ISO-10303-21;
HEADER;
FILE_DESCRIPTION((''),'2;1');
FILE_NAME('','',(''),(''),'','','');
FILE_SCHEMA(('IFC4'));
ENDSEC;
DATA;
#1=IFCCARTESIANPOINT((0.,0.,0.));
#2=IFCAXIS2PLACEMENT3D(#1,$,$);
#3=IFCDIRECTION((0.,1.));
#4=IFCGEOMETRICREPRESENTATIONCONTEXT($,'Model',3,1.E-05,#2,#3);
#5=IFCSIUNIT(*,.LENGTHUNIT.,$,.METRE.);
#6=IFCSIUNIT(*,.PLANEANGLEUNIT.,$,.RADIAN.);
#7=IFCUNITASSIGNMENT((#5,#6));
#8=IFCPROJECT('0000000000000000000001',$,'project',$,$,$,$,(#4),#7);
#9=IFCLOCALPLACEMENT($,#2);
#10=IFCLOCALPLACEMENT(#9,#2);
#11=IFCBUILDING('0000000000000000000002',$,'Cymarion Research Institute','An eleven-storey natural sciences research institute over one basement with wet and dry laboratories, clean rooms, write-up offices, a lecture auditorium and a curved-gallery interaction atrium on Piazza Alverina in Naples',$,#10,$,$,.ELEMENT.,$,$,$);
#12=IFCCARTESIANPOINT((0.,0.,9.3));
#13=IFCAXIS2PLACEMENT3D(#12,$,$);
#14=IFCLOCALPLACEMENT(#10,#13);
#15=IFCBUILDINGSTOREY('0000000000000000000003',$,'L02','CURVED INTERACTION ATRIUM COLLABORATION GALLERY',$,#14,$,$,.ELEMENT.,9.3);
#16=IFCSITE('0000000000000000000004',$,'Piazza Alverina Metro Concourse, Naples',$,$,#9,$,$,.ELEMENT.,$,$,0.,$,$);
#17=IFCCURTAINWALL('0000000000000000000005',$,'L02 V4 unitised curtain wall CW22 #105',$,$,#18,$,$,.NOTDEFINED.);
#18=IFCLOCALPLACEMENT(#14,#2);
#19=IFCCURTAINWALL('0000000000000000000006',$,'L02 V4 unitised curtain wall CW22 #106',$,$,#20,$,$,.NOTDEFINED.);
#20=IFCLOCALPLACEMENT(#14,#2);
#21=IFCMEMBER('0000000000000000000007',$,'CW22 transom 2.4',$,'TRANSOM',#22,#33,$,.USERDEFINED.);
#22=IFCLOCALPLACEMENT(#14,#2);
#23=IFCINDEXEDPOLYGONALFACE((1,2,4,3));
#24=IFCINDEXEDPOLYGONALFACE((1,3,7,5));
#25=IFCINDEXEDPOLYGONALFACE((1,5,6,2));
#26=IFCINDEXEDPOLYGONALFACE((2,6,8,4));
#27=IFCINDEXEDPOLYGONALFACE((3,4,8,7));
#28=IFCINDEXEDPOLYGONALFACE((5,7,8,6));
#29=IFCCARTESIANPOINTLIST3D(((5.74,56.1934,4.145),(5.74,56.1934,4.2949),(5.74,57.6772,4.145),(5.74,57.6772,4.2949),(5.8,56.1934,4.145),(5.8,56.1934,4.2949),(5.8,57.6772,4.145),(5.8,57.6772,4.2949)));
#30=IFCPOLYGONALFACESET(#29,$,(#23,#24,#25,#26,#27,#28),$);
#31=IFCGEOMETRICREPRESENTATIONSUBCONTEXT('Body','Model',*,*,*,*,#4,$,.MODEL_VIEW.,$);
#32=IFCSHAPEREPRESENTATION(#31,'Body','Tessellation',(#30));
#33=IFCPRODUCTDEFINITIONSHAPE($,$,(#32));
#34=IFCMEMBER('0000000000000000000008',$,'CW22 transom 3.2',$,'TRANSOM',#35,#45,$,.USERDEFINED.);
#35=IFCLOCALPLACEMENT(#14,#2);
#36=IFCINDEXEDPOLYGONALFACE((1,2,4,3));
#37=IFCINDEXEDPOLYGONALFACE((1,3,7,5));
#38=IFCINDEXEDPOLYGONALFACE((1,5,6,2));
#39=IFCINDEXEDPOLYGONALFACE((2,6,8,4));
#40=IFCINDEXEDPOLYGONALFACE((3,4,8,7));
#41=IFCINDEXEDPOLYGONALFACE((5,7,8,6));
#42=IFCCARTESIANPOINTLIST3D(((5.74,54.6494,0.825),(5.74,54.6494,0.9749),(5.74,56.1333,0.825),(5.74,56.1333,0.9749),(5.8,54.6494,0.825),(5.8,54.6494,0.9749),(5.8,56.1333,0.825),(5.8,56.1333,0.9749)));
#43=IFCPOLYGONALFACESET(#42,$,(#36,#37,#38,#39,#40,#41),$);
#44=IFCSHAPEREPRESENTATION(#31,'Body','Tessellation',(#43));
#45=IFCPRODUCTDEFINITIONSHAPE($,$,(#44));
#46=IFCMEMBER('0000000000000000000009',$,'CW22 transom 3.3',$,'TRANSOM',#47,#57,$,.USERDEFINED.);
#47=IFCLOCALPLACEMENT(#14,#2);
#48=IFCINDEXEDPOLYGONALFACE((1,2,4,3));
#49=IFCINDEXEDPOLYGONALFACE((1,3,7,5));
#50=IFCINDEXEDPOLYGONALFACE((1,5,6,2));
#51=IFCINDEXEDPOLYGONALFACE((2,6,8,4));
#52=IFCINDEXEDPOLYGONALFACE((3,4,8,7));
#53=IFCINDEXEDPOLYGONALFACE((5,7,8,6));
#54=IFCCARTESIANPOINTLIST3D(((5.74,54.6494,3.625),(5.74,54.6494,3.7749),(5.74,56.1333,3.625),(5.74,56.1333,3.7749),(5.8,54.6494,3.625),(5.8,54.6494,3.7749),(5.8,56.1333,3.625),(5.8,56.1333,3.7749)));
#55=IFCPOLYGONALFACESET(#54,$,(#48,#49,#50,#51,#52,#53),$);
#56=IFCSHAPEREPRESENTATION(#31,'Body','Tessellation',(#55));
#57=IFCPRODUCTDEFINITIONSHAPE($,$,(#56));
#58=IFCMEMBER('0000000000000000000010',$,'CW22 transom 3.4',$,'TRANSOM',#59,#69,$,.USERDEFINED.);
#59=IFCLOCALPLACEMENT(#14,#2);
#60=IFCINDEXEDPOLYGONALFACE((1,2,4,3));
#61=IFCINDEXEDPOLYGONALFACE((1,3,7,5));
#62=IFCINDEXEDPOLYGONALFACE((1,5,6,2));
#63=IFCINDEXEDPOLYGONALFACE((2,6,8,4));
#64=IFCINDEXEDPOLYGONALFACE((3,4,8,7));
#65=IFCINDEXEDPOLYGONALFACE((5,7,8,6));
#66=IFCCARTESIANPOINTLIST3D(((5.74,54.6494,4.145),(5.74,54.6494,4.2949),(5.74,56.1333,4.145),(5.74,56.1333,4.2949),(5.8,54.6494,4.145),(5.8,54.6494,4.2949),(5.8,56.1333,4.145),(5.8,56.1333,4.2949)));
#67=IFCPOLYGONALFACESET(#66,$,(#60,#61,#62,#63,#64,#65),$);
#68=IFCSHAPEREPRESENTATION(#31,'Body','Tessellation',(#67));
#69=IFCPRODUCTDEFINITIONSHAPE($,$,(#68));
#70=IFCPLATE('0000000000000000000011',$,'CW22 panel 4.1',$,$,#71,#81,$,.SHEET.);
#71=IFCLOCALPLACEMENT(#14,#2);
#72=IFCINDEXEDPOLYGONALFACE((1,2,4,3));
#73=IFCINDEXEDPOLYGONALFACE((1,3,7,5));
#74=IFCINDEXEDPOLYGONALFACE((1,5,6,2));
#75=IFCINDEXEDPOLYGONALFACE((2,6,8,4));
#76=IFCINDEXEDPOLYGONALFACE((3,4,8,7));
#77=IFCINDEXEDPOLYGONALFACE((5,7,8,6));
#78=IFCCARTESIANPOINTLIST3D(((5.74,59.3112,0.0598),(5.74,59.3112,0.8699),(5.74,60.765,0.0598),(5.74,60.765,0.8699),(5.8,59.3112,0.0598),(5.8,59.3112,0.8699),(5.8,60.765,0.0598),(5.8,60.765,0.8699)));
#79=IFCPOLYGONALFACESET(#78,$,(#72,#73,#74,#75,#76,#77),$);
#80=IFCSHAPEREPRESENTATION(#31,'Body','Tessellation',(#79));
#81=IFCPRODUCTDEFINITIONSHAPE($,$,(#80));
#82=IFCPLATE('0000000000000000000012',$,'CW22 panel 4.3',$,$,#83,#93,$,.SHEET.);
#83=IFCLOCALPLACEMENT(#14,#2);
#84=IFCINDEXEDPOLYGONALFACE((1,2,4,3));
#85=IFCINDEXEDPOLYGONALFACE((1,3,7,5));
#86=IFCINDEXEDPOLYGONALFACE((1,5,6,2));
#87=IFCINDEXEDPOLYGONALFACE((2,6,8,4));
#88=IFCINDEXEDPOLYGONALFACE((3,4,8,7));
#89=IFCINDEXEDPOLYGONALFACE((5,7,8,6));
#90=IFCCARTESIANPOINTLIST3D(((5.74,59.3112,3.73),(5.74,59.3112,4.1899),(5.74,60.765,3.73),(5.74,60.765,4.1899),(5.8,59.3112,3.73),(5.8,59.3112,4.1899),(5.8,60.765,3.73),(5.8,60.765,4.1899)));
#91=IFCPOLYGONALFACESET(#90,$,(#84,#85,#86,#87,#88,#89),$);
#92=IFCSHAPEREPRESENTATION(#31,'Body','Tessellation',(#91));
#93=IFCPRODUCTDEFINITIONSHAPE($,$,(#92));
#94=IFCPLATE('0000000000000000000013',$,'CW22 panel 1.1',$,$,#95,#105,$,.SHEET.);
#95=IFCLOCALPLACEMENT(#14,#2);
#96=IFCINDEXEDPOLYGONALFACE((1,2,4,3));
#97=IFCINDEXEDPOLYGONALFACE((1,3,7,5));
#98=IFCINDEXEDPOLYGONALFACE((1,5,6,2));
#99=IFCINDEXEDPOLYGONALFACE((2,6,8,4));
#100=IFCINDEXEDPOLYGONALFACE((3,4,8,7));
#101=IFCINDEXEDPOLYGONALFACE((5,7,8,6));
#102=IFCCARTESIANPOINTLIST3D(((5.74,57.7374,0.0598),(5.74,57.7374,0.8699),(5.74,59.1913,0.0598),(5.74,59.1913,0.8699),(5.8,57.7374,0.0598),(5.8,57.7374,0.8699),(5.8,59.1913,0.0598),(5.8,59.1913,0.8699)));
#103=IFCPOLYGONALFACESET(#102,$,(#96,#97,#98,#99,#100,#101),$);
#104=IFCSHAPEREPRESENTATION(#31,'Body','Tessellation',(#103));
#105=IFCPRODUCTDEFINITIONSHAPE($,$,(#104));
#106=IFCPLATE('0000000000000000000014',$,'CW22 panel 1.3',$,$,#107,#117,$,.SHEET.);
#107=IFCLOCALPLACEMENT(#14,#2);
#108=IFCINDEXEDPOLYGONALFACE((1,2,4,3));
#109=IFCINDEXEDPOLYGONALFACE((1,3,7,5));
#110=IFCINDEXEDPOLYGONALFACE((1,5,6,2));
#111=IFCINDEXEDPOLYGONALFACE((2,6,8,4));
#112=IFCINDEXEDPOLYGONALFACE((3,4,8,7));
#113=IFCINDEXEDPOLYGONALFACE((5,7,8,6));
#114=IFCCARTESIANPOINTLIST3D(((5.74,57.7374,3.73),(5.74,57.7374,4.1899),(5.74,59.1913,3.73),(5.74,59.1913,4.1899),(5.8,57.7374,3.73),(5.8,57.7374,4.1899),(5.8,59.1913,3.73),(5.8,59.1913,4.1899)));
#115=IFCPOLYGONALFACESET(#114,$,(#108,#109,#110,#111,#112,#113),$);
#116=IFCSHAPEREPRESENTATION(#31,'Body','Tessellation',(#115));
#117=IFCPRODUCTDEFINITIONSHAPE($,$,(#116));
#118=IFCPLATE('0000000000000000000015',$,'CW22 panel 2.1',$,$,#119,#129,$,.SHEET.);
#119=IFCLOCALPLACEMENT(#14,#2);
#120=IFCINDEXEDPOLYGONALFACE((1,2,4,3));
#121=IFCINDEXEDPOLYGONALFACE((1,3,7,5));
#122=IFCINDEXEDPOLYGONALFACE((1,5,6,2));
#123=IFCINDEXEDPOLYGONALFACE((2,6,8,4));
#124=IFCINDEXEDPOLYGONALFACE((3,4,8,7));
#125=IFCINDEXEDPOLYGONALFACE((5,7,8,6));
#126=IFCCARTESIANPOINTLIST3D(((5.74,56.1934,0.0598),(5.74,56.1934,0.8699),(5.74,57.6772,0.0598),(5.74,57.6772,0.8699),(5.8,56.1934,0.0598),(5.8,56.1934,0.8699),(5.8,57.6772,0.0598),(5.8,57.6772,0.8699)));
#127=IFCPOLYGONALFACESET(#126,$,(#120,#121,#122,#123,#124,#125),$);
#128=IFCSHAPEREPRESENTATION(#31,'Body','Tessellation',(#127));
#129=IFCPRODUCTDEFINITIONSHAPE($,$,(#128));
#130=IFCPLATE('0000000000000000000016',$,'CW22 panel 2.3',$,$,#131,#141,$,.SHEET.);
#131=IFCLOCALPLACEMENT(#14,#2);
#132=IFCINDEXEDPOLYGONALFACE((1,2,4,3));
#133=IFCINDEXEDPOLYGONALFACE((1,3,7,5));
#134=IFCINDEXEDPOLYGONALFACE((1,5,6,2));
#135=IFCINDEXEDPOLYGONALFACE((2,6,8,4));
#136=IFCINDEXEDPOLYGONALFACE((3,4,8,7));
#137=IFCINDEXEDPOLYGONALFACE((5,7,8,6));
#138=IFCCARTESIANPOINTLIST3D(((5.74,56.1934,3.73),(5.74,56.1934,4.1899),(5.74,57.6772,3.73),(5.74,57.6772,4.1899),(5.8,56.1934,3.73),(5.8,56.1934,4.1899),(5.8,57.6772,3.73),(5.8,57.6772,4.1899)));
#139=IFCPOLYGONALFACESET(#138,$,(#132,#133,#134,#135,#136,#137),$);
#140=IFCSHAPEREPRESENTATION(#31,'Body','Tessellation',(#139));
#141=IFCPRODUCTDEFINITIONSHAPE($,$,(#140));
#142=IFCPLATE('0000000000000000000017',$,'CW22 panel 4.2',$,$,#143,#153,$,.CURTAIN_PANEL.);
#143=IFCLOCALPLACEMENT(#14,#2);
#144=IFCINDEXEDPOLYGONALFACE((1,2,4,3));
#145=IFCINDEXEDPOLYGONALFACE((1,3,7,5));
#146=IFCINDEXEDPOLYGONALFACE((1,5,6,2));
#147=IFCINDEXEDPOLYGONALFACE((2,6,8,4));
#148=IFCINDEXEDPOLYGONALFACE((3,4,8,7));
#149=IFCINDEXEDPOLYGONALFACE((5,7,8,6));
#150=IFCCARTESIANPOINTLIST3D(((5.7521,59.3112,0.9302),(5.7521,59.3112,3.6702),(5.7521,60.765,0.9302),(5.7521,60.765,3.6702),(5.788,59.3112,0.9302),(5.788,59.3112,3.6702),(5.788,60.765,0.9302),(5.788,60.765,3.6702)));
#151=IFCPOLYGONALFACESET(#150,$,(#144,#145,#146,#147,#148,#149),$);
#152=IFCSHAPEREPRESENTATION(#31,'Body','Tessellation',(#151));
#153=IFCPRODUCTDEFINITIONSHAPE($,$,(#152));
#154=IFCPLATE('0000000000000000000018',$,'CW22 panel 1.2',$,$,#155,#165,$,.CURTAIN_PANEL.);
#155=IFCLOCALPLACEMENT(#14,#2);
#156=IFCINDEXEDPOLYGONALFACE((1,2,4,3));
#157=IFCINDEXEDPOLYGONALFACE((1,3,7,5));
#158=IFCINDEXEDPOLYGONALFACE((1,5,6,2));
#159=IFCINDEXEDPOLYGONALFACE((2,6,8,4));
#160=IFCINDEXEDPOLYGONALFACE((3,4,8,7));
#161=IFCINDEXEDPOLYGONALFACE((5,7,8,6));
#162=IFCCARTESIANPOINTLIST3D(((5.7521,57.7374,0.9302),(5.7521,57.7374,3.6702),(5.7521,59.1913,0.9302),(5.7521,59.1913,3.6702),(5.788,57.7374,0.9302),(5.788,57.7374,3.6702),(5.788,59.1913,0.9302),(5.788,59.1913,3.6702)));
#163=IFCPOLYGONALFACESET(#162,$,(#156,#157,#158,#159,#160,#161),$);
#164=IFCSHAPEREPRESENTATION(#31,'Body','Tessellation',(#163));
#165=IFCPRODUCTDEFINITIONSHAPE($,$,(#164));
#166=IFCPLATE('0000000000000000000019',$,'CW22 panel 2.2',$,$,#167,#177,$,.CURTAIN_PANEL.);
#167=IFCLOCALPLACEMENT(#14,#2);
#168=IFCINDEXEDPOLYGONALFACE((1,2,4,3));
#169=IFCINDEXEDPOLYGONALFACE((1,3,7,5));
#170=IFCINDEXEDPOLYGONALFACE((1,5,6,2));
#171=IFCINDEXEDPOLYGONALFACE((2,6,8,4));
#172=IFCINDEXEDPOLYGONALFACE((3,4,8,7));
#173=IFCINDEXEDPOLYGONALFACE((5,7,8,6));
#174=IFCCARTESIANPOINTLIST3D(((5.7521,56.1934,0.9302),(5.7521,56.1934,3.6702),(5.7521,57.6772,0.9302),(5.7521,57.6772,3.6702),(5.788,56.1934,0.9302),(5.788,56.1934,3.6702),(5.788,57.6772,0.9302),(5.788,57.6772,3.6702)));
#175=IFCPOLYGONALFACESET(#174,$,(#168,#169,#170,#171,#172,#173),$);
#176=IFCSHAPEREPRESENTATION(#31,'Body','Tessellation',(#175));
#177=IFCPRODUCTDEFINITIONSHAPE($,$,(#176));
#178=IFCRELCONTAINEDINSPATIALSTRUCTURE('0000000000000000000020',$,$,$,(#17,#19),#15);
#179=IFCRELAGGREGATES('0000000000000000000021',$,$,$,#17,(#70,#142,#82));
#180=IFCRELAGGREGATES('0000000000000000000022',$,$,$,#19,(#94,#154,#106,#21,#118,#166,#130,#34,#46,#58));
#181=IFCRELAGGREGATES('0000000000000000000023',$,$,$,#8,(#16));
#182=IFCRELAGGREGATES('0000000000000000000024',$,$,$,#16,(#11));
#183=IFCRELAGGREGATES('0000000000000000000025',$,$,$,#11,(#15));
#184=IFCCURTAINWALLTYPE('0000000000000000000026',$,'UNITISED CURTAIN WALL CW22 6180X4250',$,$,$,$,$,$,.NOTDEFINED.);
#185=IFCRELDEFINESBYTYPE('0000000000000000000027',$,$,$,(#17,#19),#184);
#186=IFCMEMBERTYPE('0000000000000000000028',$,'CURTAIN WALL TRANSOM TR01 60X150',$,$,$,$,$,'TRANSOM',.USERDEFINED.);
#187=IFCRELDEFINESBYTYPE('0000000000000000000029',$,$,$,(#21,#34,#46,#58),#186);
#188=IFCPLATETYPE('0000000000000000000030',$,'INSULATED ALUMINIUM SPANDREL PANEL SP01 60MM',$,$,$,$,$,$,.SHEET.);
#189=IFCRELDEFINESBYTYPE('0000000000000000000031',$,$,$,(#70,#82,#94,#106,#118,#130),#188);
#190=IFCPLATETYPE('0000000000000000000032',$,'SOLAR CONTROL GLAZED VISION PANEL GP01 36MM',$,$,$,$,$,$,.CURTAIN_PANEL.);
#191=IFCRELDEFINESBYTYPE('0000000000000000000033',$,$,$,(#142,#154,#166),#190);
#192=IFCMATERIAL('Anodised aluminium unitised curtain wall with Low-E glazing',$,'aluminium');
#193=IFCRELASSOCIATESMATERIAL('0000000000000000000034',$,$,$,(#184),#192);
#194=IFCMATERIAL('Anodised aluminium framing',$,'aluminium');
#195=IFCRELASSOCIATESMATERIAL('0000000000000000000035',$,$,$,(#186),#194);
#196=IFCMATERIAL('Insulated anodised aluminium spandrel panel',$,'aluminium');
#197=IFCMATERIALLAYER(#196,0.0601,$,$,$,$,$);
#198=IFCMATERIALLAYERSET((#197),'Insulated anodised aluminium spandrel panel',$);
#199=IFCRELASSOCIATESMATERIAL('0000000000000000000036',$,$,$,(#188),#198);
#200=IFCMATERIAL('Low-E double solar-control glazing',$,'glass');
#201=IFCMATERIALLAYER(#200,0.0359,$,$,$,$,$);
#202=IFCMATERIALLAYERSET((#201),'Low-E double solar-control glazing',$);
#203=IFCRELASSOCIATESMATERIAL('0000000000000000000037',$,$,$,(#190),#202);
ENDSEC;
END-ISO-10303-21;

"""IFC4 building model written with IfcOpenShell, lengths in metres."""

from ifc_helpers import new_model, si_unit, direction, frame, origin, origin_2d, place, context, subcontext, project, spatial, rectangle, extrude, material, layer, layer_set, material_profile, profile_set, type_object, element, aggregate, save


model = new_model("IFC4")

# Units and contexts
model_context = context("Model", 3, precision=1e-05, world=origin(), true_north=direction((0.0, 1.0)))
body_context = subcontext(model_context, "Body", "Model", "MODEL_VIEW")
ifc_project = project(units=[si_unit("LENGTHUNIT", "METRE"), si_unit("PLANEANGLEUNIT", "RADIAN")], contexts=[model_context])

# Site, building, storey
site_placement = place(None, origin())
site = spatial("IfcSite", under=ifc_project, at=site_placement, Name="Piazza Alverina Metro Concourse, Naples", CompositionType="ELEMENT", RefElevation=0.0)
building_placement = place(site_placement, origin())
building = spatial("IfcBuilding", under=site, at=building_placement, Name="Cymarion Research Institute", Description="An eleven-storey natural sciences research institute over one basement with wet and dry laboratories, clean rooms, write-up offices, a lecture auditorium and a curved-gallery interaction atrium on Piazza Alverina in Naples", CompositionType="ELEMENT")
storey_placement = place(building_placement, frame((0.0, 0.0, 9.3)))
storey = spatial("IfcBuildingStorey", under=building, at=storey_placement, Name="L02", Description="CURVED INTERACTION ATRIUM COLLABORATION GALLERY", CompositionType="ELEMENT", Elevation=9.3)

# Curtain wall
ifc_material_1 = material(Name="Anodised aluminium unitised curtain wall with Low-E glazing", Category="aluminium")
curtain_wall_type = type_object("IfcCurtainWallType", Name="UNITISED CURTAIN WALL CW22 6180X4250", PredefinedType="NOTDEFINED", material=ifc_material_1)
curtain_wall_1_placement = place(storey_placement, origin())
curtain_wall_1 = element("IfcCurtainWall", 1, at=curtain_wall_1_placement, inside=storey, type_object=curtain_wall_type, Name="L02 V4 unitised curtain wall CW22 #105", PredefinedType="NOTDEFINED")
ifc_material_2 = material(Name="Anodised aluminium framing", Category="aluminium")

# Curtain wall
curtain_wall_2_placement = place(storey_placement, origin())
curtain_wall_2 = element("IfcCurtainWall", 2, at=curtain_wall_2_placement, inside=storey, type_object=curtain_wall_type, Name="L02 V4 unitised curtain wall CW22 #106", PredefinedType="NOTDEFINED")

# Members
ifc_material_profile_1 = material_profile(ifc_material_2, rectangle(XDim=0.0601, YDim=0.1499, at=origin_2d()), Name="ALU TRANSOM 60x150")
ifc_profile_set_1 = profile_set([ifc_material_profile_1], Name="Anodised aluminium framing")
member_type_1 = type_object("IfcMemberType", Name="CURTAIN WALL TRANSOM TR01 60X150", ElementType="TRANSOM", PredefinedType="USERDEFINED", material=ifc_profile_set_1)
member_1_placement = place(storey_placement, frame((5.77, 57.6772, 4.22), z_axis=(0.0, -1.0, 0.0), x_axis=(1.0, 0.0, 0.0)))
member_1 = element("IfcMember", 3, at=member_1_placement, type_object=member_type_1, Name="CW22 transom 2.4", ObjectType="TRANSOM", PredefinedType="USERDEFINED", context=body_context, shape_type="SweptSolid", body=[
    extrude(rectangle(XDim=0.0601, YDim=0.1499, at=origin_2d()), origin(), (0.0, 0.0, 1.0), 1.4839),
])
member_2_placement = place(storey_placement, frame((5.77, 56.1333, 0.8999), z_axis=(0.0, -1.0, 0.0), x_axis=(1.0, 0.0, 0.0)))
member_2 = element("IfcMember", 4, at=member_2_placement, type_object=member_type_1, Name="CW22 transom 3.2", ObjectType="TRANSOM", PredefinedType="USERDEFINED", context=body_context, shape_type="SweptSolid", body=[
    extrude(rectangle(XDim=0.0601, YDim=0.1499, at=origin_2d()), origin(), (0.0, 0.0, 1.0), 1.4839),
])
member_3_placement = place(storey_placement, frame((5.77, 56.1333, 3.7), z_axis=(0.0, -1.0, 0.0), x_axis=(1.0, 0.0, 0.0)))
member_3 = element("IfcMember", 5, at=member_3_placement, type_object=member_type_1, Name="CW22 transom 3.3", ObjectType="TRANSOM", PredefinedType="USERDEFINED", context=body_context, shape_type="SweptSolid", body=[
    extrude(rectangle(XDim=0.0601, YDim=0.1499, at=origin_2d()), origin(), (0.0, 0.0, 1.0), 1.4839),
])
member_4_placement = place(storey_placement, frame((5.77, 56.1333, 4.22), z_axis=(0.0, -1.0, 0.0), x_axis=(1.0, 0.0, 0.0)))
member_4 = element("IfcMember", 6, at=member_4_placement, type_object=member_type_1, Name="CW22 transom 3.4", ObjectType="TRANSOM", PredefinedType="USERDEFINED", context=body_context, shape_type="SweptSolid", body=[
    extrude(rectangle(XDim=0.0601, YDim=0.1499, at=origin_2d()), origin(), (0.0, 0.0, 1.0), 1.4839),
])

# Plates
ifc_material_3 = material(Name="Insulated anodised aluminium spandrel panel", Category="aluminium")
ifc_layer_1 = layer(ifc_material_3, 0.0601)
ifc_layer_set_1 = layer_set([ifc_layer_1], Name="Insulated anodised aluminium spandrel panel")
plate_type_1 = type_object("IfcPlateType", Name="INSULATED ALUMINIUM SPANDREL PANEL SP01 60MM", PredefinedType="SHEET", material=ifc_layer_set_1)
plate_1_placement = place(storey_placement, frame((5.77, 60.0381, 0.0598), z_axis=(0.0, 0.0, 1.0), x_axis=(0.0, -1.0, 0.0)))
plate_1 = element("IfcPlate", 7, at=plate_1_placement, type_object=plate_type_1, Name="CW22 panel 4.1", PredefinedType="SHEET", context=body_context, shape_type="SweptSolid", body=[
    extrude(rectangle(XDim=1.4539, YDim=0.0601, at=origin_2d()), origin(), (0.0, 0.0, 1.0), 0.8101),
])
plate_2_placement = place(storey_placement, frame((5.77, 60.0381, 3.73), z_axis=(0.0, 0.0, 1.0), x_axis=(0.0, -1.0, 0.0)))
plate_2 = element("IfcPlate", 8, at=plate_2_placement, type_object=plate_type_1, Name="CW22 panel 4.3", PredefinedType="SHEET", context=body_context, shape_type="SweptSolid", body=[
    extrude(rectangle(XDim=1.4539, YDim=0.0601, at=origin_2d()), origin(), (0.0, 0.0, 1.0), 0.46),
])
plate_3_placement = place(storey_placement, frame((5.77, 58.4644, 0.0598), z_axis=(0.0, 0.0, 1.0), x_axis=(0.0, -1.0, 0.0)))
plate_3 = element("IfcPlate", 9, at=plate_3_placement, type_object=plate_type_1, Name="CW22 panel 1.1", PredefinedType="SHEET", context=body_context, shape_type="SweptSolid", body=[
    extrude(rectangle(XDim=1.4539, YDim=0.0601, at=origin_2d()), origin(), (0.0, 0.0, 1.0), 0.8101),
])
plate_4_placement = place(storey_placement, frame((5.77, 58.4644, 3.73), z_axis=(0.0, 0.0, 1.0), x_axis=(0.0, -1.0, 0.0)))
plate_4 = element("IfcPlate", 10, at=plate_4_placement, type_object=plate_type_1, Name="CW22 panel 1.3", PredefinedType="SHEET", context=body_context, shape_type="SweptSolid", body=[
    extrude(rectangle(XDim=1.4539, YDim=0.0601, at=origin_2d()), origin(), (0.0, 0.0, 1.0), 0.46),
])
plate_5_placement = place(storey_placement, frame((5.77, 56.9353, 0.0598), z_axis=(0.0, 0.0, 1.0), x_axis=(0.0, -1.0, 0.0)))
plate_5 = element("IfcPlate", 11, at=plate_5_placement, type_object=plate_type_1, Name="CW22 panel 2.1", PredefinedType="SHEET", context=body_context, shape_type="SweptSolid", body=[
    extrude(rectangle(XDim=1.4839, YDim=0.0601, at=origin_2d()), origin(), (0.0, 0.0, 1.0), 0.8101),
])
plate_6_placement = place(storey_placement, frame((5.77, 56.9353, 3.73), z_axis=(0.0, 0.0, 1.0), x_axis=(0.0, -1.0, 0.0)))
plate_6 = element("IfcPlate", 12, at=plate_6_placement, type_object=plate_type_1, Name="CW22 panel 2.3", PredefinedType="SHEET", context=body_context, shape_type="SweptSolid", body=[
    extrude(rectangle(XDim=1.4839, YDim=0.0601, at=origin_2d()), origin(), (0.0, 0.0, 1.0), 0.46),
])
ifc_material_4 = material(Name="Low-E double solar-control glazing", Category="glass")
ifc_layer_2 = layer(ifc_material_4, 0.0359)
ifc_layer_set_2 = layer_set([ifc_layer_2], Name="Low-E double solar-control glazing")
plate_type_2 = type_object("IfcPlateType", Name="SOLAR CONTROL GLAZED VISION PANEL GP01 36MM", PredefinedType="CURTAIN_PANEL", material=ifc_layer_set_2)
plate_7_placement = place(storey_placement, frame((5.77, 60.0381, 0.9302), z_axis=(0.0, 0.0, 1.0), x_axis=(0.0, -1.0, 0.0)))
plate_7 = element("IfcPlate", 13, at=plate_7_placement, type_object=plate_type_2, Name="CW22 panel 4.2", PredefinedType="CURTAIN_PANEL", context=body_context, shape_type="SweptSolid", body=[
    extrude(rectangle(XDim=1.4539, YDim=0.0359, at=origin_2d()), origin(), (0.0, 0.0, 1.0), 2.74),
])
aggregate(curtain_wall_1, [plate_1, plate_7, plate_2])
plate_8_placement = place(storey_placement, frame((5.77, 58.4644, 0.9302), z_axis=(0.0, 0.0, 1.0), x_axis=(0.0, -1.0, 0.0)))
plate_8 = element("IfcPlate", 14, at=plate_8_placement, type_object=plate_type_2, Name="CW22 panel 1.2", PredefinedType="CURTAIN_PANEL", context=body_context, shape_type="SweptSolid", body=[
    extrude(rectangle(XDim=1.4539, YDim=0.0359, at=origin_2d()), origin(), (0.0, 0.0, 1.0), 2.74),
])
plate_9_placement = place(storey_placement, frame((5.77, 56.9353, 0.9302), z_axis=(0.0, 0.0, 1.0), x_axis=(0.0, -1.0, 0.0)))
plate_9 = element("IfcPlate", 15, at=plate_9_placement, type_object=plate_type_2, Name="CW22 panel 2.2", PredefinedType="CURTAIN_PANEL", context=body_context, shape_type="SweptSolid", body=[
    extrude(rectangle(XDim=1.4839, YDim=0.0359, at=origin_2d()), origin(), (0.0, 0.0, 1.0), 2.74),
])
aggregate(curtain_wall_2, [plate_3, plate_8, plate_4, member_1, plate_5, plate_9, plate_6, member_2, member_3, member_4])

save(model, "model.ifc")
